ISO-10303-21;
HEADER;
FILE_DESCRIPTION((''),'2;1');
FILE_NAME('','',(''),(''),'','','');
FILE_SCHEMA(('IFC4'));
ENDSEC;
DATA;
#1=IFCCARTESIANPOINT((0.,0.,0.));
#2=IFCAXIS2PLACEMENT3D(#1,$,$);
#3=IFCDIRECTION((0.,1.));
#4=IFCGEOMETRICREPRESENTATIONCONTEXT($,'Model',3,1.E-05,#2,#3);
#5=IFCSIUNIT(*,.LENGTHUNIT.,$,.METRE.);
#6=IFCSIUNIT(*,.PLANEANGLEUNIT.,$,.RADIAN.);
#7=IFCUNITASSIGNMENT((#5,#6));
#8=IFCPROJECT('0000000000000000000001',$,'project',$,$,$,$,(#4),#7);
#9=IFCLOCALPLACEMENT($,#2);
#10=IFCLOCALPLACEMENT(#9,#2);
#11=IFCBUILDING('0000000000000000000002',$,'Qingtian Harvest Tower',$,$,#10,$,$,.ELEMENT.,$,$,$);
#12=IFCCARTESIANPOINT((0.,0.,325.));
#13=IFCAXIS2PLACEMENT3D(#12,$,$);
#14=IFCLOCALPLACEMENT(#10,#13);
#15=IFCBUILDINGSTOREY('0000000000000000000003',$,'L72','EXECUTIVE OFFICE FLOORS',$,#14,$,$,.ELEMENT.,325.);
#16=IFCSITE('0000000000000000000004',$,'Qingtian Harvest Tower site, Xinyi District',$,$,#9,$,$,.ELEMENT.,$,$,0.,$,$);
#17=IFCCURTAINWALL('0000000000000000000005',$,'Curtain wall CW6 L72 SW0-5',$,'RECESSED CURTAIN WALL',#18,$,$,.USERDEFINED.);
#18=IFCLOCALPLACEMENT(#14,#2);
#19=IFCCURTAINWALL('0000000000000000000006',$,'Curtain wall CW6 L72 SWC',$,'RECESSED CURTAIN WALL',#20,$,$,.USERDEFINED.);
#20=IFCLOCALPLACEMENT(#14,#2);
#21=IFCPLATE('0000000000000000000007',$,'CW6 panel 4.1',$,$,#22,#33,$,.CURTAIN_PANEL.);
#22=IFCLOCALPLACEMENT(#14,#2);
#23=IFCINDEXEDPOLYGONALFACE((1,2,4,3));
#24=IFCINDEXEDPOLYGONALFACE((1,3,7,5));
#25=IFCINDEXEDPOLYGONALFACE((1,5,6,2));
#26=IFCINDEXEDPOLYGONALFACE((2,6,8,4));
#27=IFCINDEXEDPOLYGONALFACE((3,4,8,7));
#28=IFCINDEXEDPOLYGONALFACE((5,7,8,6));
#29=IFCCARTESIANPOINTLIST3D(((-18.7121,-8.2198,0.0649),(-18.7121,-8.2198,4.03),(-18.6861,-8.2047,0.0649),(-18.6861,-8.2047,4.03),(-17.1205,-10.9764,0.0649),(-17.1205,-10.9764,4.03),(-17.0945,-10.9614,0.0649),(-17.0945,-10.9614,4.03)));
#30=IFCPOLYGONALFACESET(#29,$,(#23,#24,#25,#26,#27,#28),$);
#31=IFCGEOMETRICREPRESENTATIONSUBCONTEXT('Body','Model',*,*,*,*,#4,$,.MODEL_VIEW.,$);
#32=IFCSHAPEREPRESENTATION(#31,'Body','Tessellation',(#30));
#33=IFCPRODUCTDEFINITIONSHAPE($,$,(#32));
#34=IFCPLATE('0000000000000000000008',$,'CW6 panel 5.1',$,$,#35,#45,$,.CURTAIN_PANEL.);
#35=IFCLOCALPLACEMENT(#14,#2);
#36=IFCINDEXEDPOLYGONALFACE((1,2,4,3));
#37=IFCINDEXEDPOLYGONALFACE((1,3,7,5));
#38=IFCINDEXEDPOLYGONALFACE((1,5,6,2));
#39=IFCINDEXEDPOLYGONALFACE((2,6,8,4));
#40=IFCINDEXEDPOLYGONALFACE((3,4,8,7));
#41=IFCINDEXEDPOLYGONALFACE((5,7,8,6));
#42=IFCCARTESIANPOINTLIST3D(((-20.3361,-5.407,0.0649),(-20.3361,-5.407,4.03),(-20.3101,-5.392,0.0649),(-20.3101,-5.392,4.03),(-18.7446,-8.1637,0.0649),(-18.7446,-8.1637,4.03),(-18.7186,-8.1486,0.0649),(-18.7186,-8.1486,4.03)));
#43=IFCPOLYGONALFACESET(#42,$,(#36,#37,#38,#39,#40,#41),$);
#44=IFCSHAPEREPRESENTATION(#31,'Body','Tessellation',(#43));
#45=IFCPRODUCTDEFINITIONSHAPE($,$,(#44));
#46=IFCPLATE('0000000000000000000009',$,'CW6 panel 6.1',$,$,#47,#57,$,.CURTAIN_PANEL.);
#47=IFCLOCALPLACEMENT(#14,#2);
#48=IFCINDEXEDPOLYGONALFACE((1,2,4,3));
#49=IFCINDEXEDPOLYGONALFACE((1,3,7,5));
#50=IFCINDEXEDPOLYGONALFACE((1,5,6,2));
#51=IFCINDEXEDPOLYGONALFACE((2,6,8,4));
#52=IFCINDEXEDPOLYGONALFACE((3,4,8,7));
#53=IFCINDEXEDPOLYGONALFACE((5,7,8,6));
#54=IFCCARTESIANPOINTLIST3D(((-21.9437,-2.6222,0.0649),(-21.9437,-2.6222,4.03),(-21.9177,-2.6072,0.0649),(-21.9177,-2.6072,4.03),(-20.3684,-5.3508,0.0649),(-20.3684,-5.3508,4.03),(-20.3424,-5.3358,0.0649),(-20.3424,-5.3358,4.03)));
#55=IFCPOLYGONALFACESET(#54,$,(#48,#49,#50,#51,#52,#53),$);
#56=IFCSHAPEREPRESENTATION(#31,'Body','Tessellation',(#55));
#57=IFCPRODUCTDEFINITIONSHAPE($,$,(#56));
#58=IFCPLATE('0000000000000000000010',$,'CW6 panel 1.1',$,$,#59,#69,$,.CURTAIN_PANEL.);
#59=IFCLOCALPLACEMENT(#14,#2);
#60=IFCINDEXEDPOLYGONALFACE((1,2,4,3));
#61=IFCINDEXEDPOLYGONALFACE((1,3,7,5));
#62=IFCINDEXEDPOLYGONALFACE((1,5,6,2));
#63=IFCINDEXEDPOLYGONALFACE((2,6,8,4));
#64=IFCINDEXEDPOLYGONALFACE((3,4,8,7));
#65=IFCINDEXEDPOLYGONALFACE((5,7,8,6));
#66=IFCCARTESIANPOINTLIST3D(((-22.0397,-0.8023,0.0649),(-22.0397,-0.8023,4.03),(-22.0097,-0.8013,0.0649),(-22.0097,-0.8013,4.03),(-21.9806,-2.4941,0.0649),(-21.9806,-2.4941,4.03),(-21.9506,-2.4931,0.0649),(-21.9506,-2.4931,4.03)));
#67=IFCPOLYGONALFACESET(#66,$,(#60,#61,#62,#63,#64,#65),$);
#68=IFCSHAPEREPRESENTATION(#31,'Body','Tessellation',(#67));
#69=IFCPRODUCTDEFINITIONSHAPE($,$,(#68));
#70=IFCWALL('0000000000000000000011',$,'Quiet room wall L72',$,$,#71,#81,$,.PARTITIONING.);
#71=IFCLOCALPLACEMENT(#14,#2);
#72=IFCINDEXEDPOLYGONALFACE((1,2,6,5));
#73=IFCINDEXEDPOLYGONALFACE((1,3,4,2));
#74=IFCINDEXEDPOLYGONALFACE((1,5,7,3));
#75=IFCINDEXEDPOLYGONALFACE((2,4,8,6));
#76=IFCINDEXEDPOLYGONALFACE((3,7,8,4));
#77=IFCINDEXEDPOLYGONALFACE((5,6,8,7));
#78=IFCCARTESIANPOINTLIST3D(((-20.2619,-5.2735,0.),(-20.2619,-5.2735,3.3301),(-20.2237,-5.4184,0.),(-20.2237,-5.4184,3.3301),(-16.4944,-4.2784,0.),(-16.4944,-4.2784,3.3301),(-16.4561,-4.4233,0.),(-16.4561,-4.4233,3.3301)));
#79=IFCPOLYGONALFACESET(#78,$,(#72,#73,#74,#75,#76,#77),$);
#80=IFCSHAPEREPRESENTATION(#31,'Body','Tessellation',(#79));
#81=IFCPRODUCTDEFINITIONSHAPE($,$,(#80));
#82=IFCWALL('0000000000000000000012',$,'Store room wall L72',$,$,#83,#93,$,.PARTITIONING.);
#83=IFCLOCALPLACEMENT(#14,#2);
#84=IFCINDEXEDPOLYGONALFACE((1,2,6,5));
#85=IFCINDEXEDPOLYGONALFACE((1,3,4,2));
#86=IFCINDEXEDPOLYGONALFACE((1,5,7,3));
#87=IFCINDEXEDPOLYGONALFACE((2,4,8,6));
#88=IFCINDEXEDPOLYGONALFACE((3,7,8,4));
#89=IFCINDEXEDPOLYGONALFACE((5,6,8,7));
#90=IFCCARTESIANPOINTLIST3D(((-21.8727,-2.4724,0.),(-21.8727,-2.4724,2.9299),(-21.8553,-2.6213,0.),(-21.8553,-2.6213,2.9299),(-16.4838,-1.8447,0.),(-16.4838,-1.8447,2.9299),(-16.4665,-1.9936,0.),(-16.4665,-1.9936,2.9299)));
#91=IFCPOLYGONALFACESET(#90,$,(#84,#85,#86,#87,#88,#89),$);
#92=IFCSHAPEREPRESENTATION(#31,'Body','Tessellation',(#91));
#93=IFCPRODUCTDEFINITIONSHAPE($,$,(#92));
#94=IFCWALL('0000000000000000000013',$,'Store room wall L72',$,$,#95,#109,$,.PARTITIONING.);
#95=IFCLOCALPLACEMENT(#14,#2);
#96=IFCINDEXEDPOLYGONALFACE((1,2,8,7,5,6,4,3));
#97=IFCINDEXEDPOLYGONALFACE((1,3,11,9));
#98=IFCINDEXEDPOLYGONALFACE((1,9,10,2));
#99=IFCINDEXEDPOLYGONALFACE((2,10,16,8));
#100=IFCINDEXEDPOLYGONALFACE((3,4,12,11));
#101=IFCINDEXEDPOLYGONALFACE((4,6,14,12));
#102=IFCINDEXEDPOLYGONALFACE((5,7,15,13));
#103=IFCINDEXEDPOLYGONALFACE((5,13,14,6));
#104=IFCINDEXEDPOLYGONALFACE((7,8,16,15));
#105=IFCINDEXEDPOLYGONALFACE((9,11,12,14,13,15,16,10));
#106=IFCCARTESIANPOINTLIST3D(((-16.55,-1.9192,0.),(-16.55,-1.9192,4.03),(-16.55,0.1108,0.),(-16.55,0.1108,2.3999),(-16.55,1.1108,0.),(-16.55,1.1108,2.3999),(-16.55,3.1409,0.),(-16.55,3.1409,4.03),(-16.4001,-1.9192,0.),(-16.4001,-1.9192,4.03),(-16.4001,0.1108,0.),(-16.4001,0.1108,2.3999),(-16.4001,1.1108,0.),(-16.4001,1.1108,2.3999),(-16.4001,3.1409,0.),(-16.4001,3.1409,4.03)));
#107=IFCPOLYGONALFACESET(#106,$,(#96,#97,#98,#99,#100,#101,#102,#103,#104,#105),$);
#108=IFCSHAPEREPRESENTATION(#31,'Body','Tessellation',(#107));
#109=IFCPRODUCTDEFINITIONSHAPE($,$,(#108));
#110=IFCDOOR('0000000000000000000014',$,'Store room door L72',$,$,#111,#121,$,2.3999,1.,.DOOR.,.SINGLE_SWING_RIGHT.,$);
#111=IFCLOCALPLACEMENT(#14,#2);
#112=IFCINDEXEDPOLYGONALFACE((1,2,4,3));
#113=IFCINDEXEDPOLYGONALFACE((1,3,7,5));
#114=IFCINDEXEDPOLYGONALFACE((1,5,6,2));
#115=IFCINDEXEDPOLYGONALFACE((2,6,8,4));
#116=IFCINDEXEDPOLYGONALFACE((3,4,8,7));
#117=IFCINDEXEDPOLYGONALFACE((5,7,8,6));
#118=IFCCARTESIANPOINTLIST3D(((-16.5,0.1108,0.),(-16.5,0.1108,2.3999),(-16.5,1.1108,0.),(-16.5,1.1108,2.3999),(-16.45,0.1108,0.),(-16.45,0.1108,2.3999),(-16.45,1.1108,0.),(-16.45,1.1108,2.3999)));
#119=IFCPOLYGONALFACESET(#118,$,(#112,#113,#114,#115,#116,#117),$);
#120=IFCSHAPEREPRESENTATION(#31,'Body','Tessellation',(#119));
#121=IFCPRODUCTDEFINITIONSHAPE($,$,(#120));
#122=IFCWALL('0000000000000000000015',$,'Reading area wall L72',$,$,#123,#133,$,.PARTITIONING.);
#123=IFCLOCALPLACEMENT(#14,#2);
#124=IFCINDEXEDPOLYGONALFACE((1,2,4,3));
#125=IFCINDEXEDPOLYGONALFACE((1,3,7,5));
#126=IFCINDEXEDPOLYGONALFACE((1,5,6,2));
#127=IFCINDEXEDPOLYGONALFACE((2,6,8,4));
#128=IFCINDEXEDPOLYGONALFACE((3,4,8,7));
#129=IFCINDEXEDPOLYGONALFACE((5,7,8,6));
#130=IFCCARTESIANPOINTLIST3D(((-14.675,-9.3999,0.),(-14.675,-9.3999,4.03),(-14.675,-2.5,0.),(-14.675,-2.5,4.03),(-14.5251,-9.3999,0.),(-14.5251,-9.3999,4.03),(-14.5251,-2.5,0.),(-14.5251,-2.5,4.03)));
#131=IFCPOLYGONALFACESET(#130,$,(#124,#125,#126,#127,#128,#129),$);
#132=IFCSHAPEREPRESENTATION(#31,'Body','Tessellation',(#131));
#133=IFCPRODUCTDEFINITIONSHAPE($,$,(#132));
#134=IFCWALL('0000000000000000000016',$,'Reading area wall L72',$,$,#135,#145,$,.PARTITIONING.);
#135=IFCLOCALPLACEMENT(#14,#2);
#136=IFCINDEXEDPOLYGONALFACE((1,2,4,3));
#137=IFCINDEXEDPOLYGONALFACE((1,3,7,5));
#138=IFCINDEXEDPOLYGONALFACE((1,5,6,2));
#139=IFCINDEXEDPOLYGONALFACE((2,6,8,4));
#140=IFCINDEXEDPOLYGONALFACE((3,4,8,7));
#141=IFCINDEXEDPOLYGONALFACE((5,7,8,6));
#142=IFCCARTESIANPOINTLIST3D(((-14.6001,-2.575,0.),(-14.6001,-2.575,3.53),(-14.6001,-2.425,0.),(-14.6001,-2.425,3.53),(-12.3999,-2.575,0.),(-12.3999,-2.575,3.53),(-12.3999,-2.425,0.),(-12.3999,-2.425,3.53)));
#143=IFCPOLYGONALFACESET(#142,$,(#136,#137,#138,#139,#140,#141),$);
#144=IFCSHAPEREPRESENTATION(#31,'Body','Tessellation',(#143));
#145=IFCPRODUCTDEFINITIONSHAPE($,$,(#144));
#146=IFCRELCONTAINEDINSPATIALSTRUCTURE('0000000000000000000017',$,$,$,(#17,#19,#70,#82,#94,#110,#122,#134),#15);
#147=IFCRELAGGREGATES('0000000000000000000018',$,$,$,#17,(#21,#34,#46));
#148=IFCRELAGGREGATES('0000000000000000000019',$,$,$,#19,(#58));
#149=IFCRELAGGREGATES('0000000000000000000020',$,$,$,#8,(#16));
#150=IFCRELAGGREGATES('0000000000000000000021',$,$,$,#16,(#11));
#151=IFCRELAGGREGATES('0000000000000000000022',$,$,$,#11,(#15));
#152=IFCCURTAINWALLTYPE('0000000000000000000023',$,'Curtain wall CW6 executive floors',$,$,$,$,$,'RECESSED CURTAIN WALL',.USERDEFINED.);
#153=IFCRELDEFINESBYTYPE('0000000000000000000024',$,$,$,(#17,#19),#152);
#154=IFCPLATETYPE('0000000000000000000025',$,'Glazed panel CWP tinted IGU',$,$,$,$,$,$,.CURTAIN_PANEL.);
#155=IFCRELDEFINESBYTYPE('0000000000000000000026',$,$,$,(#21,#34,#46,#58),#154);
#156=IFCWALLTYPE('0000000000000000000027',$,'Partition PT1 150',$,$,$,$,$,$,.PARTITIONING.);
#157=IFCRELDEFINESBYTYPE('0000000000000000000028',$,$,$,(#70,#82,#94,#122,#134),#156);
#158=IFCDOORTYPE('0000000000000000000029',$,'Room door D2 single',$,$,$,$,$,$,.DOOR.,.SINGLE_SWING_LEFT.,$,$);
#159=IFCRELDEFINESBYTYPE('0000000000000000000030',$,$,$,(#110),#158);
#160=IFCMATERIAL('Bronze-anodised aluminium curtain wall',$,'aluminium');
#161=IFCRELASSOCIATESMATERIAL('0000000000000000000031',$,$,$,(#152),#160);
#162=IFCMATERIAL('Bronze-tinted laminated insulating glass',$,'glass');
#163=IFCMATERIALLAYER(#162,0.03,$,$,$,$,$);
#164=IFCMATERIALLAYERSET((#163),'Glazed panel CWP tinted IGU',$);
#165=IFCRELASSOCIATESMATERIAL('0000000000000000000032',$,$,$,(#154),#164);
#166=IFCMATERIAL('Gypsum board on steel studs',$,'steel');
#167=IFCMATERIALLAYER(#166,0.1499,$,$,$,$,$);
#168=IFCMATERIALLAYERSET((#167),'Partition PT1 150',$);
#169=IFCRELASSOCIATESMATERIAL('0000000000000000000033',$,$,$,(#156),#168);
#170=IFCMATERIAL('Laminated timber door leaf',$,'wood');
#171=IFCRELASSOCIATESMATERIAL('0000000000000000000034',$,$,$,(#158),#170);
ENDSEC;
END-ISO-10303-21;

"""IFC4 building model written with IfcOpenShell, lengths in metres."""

from ifc_helpers import new_model, si_unit, direction, frame, frame_2d, origin, origin_2d, place, context, subcontext, project, spatial, rectangle, extrude, material, layer, layer_set, type_object, element, fill, aggregate, save


model = new_model("IFC4")

# Units and contexts
model_context = context("Model", 3, precision=1e-05, world=origin(), true_north=direction((0.0, 1.0)))
body_context = subcontext(model_context, "Body", "Model", "MODEL_VIEW")
ifc_project = project(units=[si_unit("LENGTHUNIT", "METRE"), si_unit("PLANEANGLEUNIT", "RADIAN")], contexts=[model_context])

# Site, building, storey
site_placement = place(None, origin())
site = spatial("IfcSite", under=ifc_project, at=site_placement, Name="Qingtian Harvest Tower site, Xinyi District", CompositionType="ELEMENT", RefElevation=0.0)
building_placement = place(site_placement, origin())
building = spatial("IfcBuilding", under=site, at=building_placement, Name="Qingtian Harvest Tower", CompositionType="ELEMENT")
storey_placement = place(building_placement, frame((0.0, 0.0, 325.0)))
storey = spatial("IfcBuildingStorey", under=building, at=storey_placement, Name="L72", Description="EXECUTIVE OFFICE FLOORS", CompositionType="ELEMENT", Elevation=325.0)

# Curtain walls
ifc_material_1 = material(Name="Bronze-anodised aluminium curtain wall", Category="aluminium")
curtain_wall_type = type_object("IfcCurtainWallType", Name="Curtain wall CW6 executive floors", ElementType="RECESSED CURTAIN WALL", PredefinedType="USERDEFINED", material=ifc_material_1)
curtain_wall_1_placement = place(storey_placement, origin())
curtain_wall_1 = element("IfcCurtainWall", 1, at=curtain_wall_1_placement, inside=storey, type_object=curtain_wall_type, Name="Curtain wall CW6 L72 SW0-5", ObjectType="RECESSED CURTAIN WALL", PredefinedType="USERDEFINED")
curtain_wall_2_placement = place(storey_placement, origin())
curtain_wall_2 = element("IfcCurtainWall", 2, at=curtain_wall_2_placement, inside=storey, type_object=curtain_wall_type, Name="Curtain wall CW6 L72 SWC", ObjectType="RECESSED CURTAIN WALL", PredefinedType="USERDEFINED")

# Plates
ifc_material_2 = material(Name="Bronze-tinted laminated insulating glass", Category="glass")
ifc_layer_1 = layer(ifc_material_2, 0.03)
ifc_layer_set_1 = layer_set([ifc_layer_1], Name="Glazed panel CWP tinted IGU")
plate_type = type_object("IfcPlateType", Name="Glazed panel CWP tinted IGU", PredefinedType="CURTAIN_PANEL", material=ifc_layer_set_1)
plate_1_placement = place(storey_placement, frame((-17.9033, -9.5906, 0.0649), z_axis=(0.0, 0.0, 1.0), x_axis=(-0.5, 0.866025, 0.0)))
plate_1 = element("IfcPlate", 3, at=plate_1_placement, type_object=plate_type, Name="CW6 panel 4.1", PredefinedType="CURTAIN_PANEL", context=body_context, shape_type="SweptSolid", body=[
    extrude(rectangle(XDim=3.1831, YDim=0.03, at=origin_2d()), origin(), (0.0, 0.0, 1.0), 3.9651),
])
plate_2_placement = place(storey_placement, frame((-19.5273, -6.7778, 0.0649), z_axis=(0.0, 0.0, 1.0), x_axis=(-0.5, 0.866025, 0.0)))
plate_2 = element("IfcPlate", 4, at=plate_2_placement, type_object=plate_type, Name="CW6 panel 5.1", PredefinedType="CURTAIN_PANEL", context=body_context, shape_type="SweptSolid", body=[
    extrude(rectangle(XDim=3.1831, YDim=0.03, at=origin_2d()), origin(), (0.0, 0.0, 1.0), 3.9651),
])
plate_3_placement = place(storey_placement, frame((-21.1431, -3.979, 0.0649), z_axis=(0.0, 0.0, 1.0), x_axis=(-0.5, 0.866025, 0.0)))
plate_3 = element("IfcPlate", 5, at=plate_3_placement, type_object=plate_type, Name="CW6 panel 6.1", PredefinedType="CURTAIN_PANEL", context=body_context, shape_type="SweptSolid", body=[
    extrude(rectangle(XDim=3.1506, YDim=0.03, at=origin_2d()), origin(), (0.0, 0.0, 1.0), 3.9651),
])
aggregate(curtain_wall_1, [plate_1, plate_2, plate_3])
plate_4_placement = place(storey_placement, frame((-21.9951, -1.6477, 0.0649), z_axis=(0.0, 0.0, 1.0), x_axis=(-0.034899, 0.999391, 0.0)))
plate_4 = element("IfcPlate", 6, at=plate_4_placement, type_object=plate_type, Name="CW6 panel 1.1", PredefinedType="CURTAIN_PANEL", context=body_context, shape_type="SweptSolid", body=[
    extrude(rectangle(XDim=1.6929, YDim=0.03, at=origin_2d()), origin(), (0.0, 0.0, 1.0), 3.9651),
])
aggregate(curtain_wall_2, [plate_4])

# Wall
ifc_material_3 = material(Name="Gypsum board on steel studs", Category="steel")
ifc_layer_2 = layer(ifc_material_3, 0.1499)
ifc_layer_set_2 = layer_set([ifc_layer_2], Name="Partition PT1 150")
wall_type = type_object("IfcWallType", Name="Partition PT1 150", PredefinedType="PARTITIONING", material=ifc_layer_set_2)
wall_1_placement = place(storey_placement, frame((-20.2427, -5.3459, 0.0), z_axis=(0.0, 0.0, 1.0), x_axis=(0.966844, 0.255369, 0.0)))
element("IfcWall", 7, at=wall_1_placement, inside=storey, type_object=wall_type, Name="Quiet room wall L72", PredefinedType="PARTITIONING", context=body_context, shape_type="SweptSolid", body=[
    extrude(rectangle(XDim=3.8967, YDim=0.1499, at=frame_2d((1.9482, 0.0))), origin(), (0.0, 0.0, 1.0), 3.3301),
])

# Shared definitions
ifc_material_4 = material(Name="Laminated timber door leaf", Category="wood")
door_type = type_object("IfcDoorType", Name="Room door D2 single", OperationType="SINGLE_SWING_LEFT", PredefinedType="DOOR", material=ifc_material_4)

# Wall
wall_2_placement = place(storey_placement, frame((-21.864, -2.5469, 0.0), z_axis=(0.0, 0.0, 1.0), x_axis=(0.993285, 0.115695, 0.0)))
element("IfcWall", 8, at=wall_2_placement, inside=storey, type_object=wall_type, Name="Store room wall L72", PredefinedType="PARTITIONING", context=body_context, shape_type="SweptSolid", body=[
    extrude(rectangle(XDim=5.4253, YDim=0.1499, at=frame_2d((2.7126, 0.0))), origin(), (0.0, 0.0, 1.0), 2.9299),
])

# Wall, opening, door
wall_3_placement = place(storey_placement, frame((-16.4751, -1.9192, 0.0), z_axis=(0.0, 0.0, 1.0), x_axis=(0.0, 1.0, 0.0)))
wall_3 = element("IfcWall", 9, at=wall_3_placement, inside=storey, type_object=wall_type, Name="Store room wall L72", PredefinedType="PARTITIONING", context=body_context, shape_type="SweptSolid", body=[
    extrude(rectangle(XDim=5.0601, YDim=0.1499, at=frame_2d((2.53, 0.0))), origin(), (0.0, 0.0, 1.0), 4.03),
])
opening_1_placement = place(wall_3_placement, frame((2.03, 0.0, 0.0)))
opening_1 = element("IfcOpeningElement", 10, at=opening_1_placement, cuts=wall_3, PredefinedType="OPENING", context=body_context, shape_type="SweptSolid", body=[
    extrude(rectangle(XDim=1.0, YDim=2.3999, at=frame_2d((0.5, 1.2))), frame((0.0, 0.085, 0.0), z_axis=(0.0, -1.0, 0.0), x_axis=(1.0, 0.0, 0.0)), (0.0, 0.0, 1.0), 0.1699),
])
door_1_placement = place(opening_1_placement, origin())
door_1 = element("IfcDoor", 11, at=door_1_placement, inside=storey, type_object=door_type, Name="Store room door L72", OperationType="SINGLE_SWING_RIGHT", OverallHeight=2.3999, OverallWidth=1.0, PredefinedType="DOOR", context=body_context, shape_type="SweptSolid", body=[
    extrude(rectangle(XDim=1.0, YDim=2.3999, at=frame_2d((0.5, 1.2))), frame((0.0, 0.0249, 0.0), z_axis=(0.0, -1.0, 0.0), x_axis=(1.0, 0.0, 0.0)), (0.0, 0.0, 1.0), 0.05),
])
fill(opening_1, door_1)

# Walls
wall_4_placement = place(storey_placement, frame((-14.6001, -9.3999, 0.0), z_axis=(0.0, 0.0, 1.0), x_axis=(0.0, 1.0, 0.0)))
element("IfcWall", 12, at=wall_4_placement, inside=storey, type_object=wall_type, Name="Reading area wall L72", PredefinedType="PARTITIONING", context=body_context, shape_type="SweptSolid", body=[
    extrude(rectangle(XDim=6.8999, YDim=0.1499, at=frame_2d((3.45, 0.0))), origin(), (0.0, 0.0, 1.0), 4.03),
])
wall_5_placement = place(storey_placement, frame((-12.3999, -2.5, 0.0), z_axis=(0.0, 0.0, 1.0), x_axis=(-1.0, 0.0, 0.0)))
element("IfcWall", 13, at=wall_5_placement, inside=storey, type_object=wall_type, Name="Reading area wall L72", PredefinedType="PARTITIONING", context=body_context, shape_type="SweptSolid", body=[
    extrude(rectangle(XDim=2.2002, YDim=0.1499, at=frame_2d((1.1001, 0.0))), origin(), (0.0, 0.0, 1.0), 3.53),
])

save(model, "model.ifc")
